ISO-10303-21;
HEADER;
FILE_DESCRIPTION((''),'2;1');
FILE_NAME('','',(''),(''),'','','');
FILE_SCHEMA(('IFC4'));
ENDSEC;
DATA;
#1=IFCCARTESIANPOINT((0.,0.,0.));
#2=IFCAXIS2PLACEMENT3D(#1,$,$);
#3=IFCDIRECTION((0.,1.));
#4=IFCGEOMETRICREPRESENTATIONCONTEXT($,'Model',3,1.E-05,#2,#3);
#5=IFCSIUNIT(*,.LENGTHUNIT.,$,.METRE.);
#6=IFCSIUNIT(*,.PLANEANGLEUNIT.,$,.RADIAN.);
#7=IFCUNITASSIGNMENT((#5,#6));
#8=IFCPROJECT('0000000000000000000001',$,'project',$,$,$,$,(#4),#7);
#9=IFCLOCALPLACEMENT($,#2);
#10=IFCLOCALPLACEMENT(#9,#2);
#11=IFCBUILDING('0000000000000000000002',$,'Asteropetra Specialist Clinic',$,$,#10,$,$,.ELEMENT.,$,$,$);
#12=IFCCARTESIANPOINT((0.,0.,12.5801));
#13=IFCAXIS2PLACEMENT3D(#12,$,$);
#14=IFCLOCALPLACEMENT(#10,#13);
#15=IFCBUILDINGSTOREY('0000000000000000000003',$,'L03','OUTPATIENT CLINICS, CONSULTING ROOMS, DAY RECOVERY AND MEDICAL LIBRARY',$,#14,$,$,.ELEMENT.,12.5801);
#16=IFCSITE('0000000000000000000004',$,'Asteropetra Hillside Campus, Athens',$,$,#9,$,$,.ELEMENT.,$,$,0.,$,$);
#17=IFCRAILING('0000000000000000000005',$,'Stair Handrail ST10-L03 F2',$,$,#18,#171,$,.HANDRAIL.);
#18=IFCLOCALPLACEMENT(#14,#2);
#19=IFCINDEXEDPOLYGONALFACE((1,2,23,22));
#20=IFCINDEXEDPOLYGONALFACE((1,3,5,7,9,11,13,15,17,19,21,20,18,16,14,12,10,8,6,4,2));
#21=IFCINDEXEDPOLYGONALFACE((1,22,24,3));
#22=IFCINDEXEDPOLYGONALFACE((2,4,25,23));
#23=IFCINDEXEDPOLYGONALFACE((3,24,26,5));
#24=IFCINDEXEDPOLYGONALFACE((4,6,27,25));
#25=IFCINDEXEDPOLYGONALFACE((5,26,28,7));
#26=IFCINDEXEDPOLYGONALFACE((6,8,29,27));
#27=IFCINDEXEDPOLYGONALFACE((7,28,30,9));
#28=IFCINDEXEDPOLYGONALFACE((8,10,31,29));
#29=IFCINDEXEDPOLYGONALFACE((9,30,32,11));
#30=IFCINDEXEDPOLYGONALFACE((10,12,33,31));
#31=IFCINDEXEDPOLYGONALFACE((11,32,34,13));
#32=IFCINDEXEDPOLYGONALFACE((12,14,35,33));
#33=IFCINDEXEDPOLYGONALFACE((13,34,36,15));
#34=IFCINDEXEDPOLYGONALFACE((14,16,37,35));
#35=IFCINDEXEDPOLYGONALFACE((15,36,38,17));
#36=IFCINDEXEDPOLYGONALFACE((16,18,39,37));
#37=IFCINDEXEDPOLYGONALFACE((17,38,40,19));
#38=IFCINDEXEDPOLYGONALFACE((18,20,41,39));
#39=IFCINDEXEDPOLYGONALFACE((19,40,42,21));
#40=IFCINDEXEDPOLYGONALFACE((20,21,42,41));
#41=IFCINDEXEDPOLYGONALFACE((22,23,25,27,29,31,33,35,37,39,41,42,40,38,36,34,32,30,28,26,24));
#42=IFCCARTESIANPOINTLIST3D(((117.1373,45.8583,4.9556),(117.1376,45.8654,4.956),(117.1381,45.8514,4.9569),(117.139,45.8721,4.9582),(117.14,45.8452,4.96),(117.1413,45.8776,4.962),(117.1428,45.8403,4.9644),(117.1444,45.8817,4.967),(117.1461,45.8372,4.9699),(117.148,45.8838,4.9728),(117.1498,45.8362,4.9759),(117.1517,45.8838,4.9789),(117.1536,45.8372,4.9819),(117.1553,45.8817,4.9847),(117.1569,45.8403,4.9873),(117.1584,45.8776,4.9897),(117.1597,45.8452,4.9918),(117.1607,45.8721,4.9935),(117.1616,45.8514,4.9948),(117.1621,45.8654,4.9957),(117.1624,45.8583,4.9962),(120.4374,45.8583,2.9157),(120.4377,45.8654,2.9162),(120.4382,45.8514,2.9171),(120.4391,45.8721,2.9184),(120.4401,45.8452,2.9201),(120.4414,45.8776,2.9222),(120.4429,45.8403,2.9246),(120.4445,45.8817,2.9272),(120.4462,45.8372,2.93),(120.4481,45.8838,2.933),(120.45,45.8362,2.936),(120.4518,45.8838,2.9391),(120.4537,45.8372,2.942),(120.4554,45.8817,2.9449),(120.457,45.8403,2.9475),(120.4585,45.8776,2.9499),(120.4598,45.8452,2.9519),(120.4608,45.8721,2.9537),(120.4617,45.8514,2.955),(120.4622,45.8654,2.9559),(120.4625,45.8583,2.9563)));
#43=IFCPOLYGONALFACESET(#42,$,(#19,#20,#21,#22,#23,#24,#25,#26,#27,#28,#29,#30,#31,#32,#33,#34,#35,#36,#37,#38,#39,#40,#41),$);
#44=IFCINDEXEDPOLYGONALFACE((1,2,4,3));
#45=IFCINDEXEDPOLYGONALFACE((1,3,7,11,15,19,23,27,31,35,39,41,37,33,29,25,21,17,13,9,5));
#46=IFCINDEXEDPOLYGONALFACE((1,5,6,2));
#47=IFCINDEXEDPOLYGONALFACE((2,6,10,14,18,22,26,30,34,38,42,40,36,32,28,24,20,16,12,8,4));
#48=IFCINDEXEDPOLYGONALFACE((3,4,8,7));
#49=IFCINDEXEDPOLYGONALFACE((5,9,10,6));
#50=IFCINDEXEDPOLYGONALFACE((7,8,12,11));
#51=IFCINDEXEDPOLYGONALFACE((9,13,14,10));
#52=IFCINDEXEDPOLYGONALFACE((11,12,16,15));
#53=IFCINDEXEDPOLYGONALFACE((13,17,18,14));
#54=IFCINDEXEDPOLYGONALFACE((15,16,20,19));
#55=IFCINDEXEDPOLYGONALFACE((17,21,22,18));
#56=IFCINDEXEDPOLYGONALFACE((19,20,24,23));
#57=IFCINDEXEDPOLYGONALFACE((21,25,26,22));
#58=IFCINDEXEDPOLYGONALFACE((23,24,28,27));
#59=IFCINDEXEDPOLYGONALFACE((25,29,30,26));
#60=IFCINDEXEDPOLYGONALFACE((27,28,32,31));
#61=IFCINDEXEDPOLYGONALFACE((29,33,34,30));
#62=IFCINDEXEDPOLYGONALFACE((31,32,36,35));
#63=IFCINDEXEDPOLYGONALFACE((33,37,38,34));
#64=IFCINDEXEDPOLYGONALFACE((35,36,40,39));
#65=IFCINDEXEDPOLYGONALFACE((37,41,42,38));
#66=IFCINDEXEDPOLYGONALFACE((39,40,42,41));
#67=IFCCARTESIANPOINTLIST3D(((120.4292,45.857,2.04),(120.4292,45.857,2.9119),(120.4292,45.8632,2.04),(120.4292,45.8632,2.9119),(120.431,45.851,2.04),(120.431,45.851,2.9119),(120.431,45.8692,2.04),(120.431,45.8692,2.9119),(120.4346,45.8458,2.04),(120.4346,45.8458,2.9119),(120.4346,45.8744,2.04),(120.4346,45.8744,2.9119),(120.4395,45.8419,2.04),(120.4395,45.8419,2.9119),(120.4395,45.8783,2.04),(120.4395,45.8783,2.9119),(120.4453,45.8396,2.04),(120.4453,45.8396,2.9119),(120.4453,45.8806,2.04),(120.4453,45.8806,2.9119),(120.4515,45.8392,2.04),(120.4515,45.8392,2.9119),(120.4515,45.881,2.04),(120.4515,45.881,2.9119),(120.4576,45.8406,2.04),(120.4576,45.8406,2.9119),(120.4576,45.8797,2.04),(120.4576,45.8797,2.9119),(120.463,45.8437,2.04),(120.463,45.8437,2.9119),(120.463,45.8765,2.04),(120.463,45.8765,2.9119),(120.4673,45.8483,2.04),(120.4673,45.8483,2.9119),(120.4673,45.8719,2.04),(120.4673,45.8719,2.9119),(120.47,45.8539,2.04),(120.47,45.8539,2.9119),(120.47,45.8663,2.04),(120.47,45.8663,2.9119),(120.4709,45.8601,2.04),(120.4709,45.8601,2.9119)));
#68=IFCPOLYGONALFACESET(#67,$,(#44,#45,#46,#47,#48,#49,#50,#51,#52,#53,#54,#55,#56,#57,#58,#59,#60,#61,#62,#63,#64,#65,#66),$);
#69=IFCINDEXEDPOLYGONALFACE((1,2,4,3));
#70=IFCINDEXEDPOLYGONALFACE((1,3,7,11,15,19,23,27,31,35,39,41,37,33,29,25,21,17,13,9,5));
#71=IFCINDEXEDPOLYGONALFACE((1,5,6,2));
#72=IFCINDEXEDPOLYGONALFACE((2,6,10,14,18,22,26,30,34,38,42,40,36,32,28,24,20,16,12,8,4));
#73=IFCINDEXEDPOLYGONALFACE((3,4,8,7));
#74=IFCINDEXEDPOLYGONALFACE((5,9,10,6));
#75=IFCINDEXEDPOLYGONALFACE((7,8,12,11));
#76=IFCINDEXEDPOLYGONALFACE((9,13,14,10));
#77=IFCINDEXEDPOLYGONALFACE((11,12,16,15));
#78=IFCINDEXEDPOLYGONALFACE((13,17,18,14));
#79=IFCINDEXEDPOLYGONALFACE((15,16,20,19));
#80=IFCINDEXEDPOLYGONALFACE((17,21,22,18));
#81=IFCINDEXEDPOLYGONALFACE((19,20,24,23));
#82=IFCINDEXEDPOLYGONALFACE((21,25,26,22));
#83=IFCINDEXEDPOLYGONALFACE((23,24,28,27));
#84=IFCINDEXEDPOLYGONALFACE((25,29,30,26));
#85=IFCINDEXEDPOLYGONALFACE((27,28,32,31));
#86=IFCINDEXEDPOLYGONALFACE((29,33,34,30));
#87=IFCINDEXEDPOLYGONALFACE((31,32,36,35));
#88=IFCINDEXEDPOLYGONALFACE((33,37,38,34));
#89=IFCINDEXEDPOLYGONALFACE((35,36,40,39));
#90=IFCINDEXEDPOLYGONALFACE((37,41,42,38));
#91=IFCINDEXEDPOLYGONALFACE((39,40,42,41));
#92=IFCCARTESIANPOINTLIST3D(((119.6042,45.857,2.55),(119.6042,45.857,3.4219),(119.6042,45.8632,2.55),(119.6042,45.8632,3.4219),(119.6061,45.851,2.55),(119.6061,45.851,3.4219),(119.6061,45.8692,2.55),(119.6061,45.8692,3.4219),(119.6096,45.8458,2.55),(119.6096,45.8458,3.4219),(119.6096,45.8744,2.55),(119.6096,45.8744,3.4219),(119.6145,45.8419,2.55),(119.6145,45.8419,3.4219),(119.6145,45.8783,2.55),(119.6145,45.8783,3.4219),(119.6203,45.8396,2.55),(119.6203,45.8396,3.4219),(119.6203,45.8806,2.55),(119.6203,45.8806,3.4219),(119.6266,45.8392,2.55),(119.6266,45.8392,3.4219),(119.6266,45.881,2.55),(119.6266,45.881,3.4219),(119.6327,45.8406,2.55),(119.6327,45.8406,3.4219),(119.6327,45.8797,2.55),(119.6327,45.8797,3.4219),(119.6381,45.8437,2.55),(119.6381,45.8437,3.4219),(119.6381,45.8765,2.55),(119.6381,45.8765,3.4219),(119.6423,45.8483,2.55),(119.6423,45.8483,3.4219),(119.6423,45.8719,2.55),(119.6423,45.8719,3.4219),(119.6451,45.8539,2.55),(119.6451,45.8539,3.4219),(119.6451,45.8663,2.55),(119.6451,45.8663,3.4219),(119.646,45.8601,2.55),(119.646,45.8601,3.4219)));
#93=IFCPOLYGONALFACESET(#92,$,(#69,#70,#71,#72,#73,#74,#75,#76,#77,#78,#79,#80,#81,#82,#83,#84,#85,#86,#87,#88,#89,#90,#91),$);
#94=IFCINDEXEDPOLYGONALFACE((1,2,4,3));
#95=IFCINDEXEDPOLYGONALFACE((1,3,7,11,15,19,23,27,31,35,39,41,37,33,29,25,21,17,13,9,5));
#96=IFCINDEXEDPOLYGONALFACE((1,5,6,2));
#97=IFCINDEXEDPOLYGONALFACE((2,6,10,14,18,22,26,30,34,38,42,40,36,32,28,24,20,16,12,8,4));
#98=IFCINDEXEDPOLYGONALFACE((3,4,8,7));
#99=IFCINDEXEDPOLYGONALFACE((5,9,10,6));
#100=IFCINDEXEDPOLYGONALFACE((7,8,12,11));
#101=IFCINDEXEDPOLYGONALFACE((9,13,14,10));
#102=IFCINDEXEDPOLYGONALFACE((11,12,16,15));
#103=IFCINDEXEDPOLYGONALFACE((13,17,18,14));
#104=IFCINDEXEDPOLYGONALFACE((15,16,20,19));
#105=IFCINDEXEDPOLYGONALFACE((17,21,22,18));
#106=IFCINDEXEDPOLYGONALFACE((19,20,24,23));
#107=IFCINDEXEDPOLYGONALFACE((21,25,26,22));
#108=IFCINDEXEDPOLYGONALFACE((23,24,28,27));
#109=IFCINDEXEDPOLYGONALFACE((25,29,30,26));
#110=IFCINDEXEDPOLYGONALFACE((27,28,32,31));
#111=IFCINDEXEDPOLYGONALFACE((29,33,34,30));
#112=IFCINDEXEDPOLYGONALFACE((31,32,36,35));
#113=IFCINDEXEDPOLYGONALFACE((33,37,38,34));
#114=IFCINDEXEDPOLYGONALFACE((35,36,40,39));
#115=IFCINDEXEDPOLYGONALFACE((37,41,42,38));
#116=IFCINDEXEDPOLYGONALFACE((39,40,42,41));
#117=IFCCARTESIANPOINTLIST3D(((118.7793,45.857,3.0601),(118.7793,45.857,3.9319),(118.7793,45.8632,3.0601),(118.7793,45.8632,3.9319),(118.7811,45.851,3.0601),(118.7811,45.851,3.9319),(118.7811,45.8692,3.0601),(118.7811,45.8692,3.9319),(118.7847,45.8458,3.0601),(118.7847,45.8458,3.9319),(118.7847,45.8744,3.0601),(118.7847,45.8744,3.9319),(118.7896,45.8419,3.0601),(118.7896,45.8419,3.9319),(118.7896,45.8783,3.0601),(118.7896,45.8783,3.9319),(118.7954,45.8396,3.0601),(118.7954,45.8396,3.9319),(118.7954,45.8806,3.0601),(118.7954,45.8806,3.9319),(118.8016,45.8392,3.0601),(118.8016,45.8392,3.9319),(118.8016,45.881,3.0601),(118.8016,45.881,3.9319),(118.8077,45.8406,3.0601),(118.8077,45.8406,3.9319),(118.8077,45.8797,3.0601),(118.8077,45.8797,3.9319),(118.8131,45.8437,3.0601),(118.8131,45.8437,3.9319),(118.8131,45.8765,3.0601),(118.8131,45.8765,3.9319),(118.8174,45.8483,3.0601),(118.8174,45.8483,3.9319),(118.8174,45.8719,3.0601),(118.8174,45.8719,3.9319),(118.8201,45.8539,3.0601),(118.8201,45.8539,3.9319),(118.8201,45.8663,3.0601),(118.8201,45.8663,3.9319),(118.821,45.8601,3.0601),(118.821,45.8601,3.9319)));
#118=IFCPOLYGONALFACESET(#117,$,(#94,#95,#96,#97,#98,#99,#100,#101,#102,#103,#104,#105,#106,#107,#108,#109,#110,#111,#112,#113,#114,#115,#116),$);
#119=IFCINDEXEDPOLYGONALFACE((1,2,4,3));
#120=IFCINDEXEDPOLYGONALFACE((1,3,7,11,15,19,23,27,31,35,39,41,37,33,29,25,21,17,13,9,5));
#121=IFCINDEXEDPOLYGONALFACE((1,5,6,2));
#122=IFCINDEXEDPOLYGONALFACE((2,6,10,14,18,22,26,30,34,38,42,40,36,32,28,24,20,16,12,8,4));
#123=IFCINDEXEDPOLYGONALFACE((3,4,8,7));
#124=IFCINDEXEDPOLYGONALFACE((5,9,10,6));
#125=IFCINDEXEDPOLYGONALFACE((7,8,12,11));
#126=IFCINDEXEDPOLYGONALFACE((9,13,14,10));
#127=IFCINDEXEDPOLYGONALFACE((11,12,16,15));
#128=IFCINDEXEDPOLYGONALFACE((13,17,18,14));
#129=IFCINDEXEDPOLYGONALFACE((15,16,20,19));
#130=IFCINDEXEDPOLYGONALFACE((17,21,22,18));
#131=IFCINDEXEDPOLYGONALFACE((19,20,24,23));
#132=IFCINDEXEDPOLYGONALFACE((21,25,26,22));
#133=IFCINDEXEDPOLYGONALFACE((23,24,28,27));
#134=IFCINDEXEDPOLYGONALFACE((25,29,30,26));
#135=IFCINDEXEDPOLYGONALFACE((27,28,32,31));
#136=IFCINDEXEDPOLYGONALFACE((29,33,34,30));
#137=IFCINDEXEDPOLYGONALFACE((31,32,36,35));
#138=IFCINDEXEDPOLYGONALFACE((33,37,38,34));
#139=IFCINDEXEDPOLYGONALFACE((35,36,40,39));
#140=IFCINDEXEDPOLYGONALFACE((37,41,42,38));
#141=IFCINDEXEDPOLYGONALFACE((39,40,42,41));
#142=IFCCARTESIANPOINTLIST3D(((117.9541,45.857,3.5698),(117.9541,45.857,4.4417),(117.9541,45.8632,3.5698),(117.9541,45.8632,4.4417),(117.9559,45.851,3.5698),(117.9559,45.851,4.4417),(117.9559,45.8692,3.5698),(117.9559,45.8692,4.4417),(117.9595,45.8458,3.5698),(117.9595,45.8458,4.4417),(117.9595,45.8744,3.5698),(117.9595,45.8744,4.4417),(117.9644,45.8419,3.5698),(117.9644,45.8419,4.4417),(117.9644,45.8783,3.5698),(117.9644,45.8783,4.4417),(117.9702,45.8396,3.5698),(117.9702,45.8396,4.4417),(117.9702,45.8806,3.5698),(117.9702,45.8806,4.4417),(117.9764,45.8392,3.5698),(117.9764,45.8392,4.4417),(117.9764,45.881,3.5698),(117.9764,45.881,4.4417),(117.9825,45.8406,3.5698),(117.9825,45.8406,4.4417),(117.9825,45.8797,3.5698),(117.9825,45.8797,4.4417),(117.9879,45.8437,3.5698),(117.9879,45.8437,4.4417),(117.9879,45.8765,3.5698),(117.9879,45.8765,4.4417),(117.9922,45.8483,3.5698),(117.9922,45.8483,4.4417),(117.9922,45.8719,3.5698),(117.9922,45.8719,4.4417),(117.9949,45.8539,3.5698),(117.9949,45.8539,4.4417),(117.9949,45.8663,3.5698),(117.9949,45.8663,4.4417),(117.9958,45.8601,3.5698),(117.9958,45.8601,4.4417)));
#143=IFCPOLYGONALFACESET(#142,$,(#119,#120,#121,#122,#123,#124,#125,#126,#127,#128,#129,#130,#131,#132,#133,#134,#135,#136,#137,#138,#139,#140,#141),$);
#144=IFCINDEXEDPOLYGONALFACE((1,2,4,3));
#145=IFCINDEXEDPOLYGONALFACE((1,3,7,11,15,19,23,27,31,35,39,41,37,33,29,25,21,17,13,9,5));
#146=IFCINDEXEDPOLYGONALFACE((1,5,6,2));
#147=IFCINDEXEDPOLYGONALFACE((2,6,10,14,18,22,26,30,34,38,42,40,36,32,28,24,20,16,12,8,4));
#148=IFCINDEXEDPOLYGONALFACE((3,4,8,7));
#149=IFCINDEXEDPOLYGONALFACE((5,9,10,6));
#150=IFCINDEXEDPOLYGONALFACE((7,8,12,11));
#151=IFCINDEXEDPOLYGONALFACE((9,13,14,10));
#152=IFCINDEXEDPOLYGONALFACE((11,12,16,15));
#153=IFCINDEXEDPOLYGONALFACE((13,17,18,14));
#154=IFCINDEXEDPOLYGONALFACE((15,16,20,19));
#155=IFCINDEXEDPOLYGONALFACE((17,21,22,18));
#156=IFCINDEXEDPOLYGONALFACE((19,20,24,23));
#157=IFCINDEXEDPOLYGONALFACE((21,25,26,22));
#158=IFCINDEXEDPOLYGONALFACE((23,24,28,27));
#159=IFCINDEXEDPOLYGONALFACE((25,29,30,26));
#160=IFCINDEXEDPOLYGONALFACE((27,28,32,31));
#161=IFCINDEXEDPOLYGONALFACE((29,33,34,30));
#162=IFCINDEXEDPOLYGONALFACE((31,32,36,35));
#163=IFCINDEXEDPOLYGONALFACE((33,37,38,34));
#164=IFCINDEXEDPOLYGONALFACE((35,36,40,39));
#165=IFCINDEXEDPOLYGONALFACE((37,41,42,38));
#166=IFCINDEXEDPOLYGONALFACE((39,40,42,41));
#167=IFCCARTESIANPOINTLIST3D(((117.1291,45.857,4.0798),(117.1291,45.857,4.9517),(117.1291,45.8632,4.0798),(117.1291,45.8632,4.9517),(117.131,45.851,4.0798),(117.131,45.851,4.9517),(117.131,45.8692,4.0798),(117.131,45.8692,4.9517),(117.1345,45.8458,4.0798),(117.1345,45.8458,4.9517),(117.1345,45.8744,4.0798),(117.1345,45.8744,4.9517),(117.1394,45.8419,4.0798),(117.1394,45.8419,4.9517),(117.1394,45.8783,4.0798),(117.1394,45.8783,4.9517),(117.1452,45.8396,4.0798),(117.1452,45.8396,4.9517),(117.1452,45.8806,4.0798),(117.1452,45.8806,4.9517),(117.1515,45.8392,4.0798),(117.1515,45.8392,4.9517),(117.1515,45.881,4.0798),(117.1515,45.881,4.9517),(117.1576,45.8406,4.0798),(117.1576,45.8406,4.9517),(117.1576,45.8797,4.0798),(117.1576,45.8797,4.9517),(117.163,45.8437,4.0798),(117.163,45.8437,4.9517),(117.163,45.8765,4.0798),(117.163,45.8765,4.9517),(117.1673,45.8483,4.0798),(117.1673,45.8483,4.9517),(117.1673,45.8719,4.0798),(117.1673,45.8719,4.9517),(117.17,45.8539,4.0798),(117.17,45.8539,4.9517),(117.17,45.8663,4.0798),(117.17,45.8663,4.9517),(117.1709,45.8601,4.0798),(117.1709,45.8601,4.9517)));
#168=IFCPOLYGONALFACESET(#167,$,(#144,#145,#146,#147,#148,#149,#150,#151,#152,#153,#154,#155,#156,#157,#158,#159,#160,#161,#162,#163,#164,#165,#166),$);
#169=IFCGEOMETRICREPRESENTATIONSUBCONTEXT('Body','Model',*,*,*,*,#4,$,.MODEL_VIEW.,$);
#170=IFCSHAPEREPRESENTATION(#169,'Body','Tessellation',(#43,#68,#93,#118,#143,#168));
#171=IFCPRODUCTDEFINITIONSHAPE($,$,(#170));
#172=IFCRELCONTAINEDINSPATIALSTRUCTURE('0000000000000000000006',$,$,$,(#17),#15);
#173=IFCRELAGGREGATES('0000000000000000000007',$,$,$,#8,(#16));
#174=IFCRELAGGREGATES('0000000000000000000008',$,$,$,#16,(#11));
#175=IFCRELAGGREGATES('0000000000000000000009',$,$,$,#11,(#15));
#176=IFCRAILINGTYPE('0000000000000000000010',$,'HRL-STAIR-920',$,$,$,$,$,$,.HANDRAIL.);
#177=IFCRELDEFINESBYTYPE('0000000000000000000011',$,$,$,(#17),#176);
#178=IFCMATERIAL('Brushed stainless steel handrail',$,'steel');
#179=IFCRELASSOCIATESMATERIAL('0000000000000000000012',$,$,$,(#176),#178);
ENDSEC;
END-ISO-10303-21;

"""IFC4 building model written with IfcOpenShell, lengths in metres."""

from ifc_helpers import new_model, si_unit, direction, frame, origin, origin_2d, place, context, subcontext, project, spatial, circle, extrude, material, type_object, element, save


model = new_model("IFC4")

# Units and contexts
model_context = context("Model", 3, precision=1e-05, world=origin(), true_north=direction((0.0, 1.0)))
body_context = subcontext(model_context, "Body", "Model", "MODEL_VIEW")
ifc_project = project(units=[si_unit("LENGTHUNIT", "METRE"), si_unit("PLANEANGLEUNIT", "RADIAN")], contexts=[model_context])

# Site, building, storey
site_placement = place(None, origin())
site = spatial("IfcSite", under=ifc_project, at=site_placement, Name="Asteropetra Hillside Campus, Athens", CompositionType="ELEMENT", RefElevation=0.0)
building_placement = place(site_placement, origin())
building = spatial("IfcBuilding", under=site, at=building_placement, Name="Asteropetra Specialist Clinic", CompositionType="ELEMENT")
storey_placement = place(building_placement, frame((0.0, 0.0, 12.5801)))
storey = spatial("IfcBuildingStorey", under=building, at=storey_placement, Name="L03", Description="OUTPATIENT CLINICS, CONSULTING ROOMS, DAY RECOVERY AND MEDICAL LIBRARY", CompositionType="ELEMENT", Elevation=12.5801)

# Railing
ifc_material_1 = material(Name="Brushed stainless steel handrail", Category="steel")
railing_type_1 = type_object("IfcRailingType", Name="HRL-STAIR-920", PredefinedType="HANDRAIL", material=ifc_material_1)
railing_1_placement = place(storey_placement, frame((120.45, 45.8601, 2.04)))
element("IfcRailing", 1, at=railing_1_placement, inside=storey, type_object=railing_type_1, Name="Stair Handrail ST10-L03 F2", PredefinedType="HANDRAIL", context=body_context, shape_type="SweptSolid", body=[
    extrude(circle(Radius=0.0239, at=origin_2d()), frame((0.0, 0.0, 0.896), z_axis=(-0.850622, 0.0, 0.525778), x_axis=(0.0, -1.0, 0.0)), (0.0, 0.0, 1.0), 3.8796),
    extrude(circle(Radius=0.021, at=origin_2d()), origin(), (0.0, 0.0, 1.0), 0.8718),
    extrude(circle(Radius=0.021, at=origin_2d()), frame((-0.825, 0.0, 0.51)), (0.0, 0.0, 1.0), 0.8718),
    extrude(circle(Radius=0.021, at=origin_2d()), frame((-1.6499, 0.0, 1.02)), (0.0, 0.0, 1.0), 0.8718),
    extrude(circle(Radius=0.021, at=origin_2d()), frame((-2.4751, 0.0, 1.5298)), (0.0, 0.0, 1.0), 0.8718),
    extrude(circle(Radius=0.021, at=origin_2d()), frame((-3.3, 0.0, 2.0398)), (0.0, 0.0, 1.0), 0.8718),
])

save(model, "model.ifc")
